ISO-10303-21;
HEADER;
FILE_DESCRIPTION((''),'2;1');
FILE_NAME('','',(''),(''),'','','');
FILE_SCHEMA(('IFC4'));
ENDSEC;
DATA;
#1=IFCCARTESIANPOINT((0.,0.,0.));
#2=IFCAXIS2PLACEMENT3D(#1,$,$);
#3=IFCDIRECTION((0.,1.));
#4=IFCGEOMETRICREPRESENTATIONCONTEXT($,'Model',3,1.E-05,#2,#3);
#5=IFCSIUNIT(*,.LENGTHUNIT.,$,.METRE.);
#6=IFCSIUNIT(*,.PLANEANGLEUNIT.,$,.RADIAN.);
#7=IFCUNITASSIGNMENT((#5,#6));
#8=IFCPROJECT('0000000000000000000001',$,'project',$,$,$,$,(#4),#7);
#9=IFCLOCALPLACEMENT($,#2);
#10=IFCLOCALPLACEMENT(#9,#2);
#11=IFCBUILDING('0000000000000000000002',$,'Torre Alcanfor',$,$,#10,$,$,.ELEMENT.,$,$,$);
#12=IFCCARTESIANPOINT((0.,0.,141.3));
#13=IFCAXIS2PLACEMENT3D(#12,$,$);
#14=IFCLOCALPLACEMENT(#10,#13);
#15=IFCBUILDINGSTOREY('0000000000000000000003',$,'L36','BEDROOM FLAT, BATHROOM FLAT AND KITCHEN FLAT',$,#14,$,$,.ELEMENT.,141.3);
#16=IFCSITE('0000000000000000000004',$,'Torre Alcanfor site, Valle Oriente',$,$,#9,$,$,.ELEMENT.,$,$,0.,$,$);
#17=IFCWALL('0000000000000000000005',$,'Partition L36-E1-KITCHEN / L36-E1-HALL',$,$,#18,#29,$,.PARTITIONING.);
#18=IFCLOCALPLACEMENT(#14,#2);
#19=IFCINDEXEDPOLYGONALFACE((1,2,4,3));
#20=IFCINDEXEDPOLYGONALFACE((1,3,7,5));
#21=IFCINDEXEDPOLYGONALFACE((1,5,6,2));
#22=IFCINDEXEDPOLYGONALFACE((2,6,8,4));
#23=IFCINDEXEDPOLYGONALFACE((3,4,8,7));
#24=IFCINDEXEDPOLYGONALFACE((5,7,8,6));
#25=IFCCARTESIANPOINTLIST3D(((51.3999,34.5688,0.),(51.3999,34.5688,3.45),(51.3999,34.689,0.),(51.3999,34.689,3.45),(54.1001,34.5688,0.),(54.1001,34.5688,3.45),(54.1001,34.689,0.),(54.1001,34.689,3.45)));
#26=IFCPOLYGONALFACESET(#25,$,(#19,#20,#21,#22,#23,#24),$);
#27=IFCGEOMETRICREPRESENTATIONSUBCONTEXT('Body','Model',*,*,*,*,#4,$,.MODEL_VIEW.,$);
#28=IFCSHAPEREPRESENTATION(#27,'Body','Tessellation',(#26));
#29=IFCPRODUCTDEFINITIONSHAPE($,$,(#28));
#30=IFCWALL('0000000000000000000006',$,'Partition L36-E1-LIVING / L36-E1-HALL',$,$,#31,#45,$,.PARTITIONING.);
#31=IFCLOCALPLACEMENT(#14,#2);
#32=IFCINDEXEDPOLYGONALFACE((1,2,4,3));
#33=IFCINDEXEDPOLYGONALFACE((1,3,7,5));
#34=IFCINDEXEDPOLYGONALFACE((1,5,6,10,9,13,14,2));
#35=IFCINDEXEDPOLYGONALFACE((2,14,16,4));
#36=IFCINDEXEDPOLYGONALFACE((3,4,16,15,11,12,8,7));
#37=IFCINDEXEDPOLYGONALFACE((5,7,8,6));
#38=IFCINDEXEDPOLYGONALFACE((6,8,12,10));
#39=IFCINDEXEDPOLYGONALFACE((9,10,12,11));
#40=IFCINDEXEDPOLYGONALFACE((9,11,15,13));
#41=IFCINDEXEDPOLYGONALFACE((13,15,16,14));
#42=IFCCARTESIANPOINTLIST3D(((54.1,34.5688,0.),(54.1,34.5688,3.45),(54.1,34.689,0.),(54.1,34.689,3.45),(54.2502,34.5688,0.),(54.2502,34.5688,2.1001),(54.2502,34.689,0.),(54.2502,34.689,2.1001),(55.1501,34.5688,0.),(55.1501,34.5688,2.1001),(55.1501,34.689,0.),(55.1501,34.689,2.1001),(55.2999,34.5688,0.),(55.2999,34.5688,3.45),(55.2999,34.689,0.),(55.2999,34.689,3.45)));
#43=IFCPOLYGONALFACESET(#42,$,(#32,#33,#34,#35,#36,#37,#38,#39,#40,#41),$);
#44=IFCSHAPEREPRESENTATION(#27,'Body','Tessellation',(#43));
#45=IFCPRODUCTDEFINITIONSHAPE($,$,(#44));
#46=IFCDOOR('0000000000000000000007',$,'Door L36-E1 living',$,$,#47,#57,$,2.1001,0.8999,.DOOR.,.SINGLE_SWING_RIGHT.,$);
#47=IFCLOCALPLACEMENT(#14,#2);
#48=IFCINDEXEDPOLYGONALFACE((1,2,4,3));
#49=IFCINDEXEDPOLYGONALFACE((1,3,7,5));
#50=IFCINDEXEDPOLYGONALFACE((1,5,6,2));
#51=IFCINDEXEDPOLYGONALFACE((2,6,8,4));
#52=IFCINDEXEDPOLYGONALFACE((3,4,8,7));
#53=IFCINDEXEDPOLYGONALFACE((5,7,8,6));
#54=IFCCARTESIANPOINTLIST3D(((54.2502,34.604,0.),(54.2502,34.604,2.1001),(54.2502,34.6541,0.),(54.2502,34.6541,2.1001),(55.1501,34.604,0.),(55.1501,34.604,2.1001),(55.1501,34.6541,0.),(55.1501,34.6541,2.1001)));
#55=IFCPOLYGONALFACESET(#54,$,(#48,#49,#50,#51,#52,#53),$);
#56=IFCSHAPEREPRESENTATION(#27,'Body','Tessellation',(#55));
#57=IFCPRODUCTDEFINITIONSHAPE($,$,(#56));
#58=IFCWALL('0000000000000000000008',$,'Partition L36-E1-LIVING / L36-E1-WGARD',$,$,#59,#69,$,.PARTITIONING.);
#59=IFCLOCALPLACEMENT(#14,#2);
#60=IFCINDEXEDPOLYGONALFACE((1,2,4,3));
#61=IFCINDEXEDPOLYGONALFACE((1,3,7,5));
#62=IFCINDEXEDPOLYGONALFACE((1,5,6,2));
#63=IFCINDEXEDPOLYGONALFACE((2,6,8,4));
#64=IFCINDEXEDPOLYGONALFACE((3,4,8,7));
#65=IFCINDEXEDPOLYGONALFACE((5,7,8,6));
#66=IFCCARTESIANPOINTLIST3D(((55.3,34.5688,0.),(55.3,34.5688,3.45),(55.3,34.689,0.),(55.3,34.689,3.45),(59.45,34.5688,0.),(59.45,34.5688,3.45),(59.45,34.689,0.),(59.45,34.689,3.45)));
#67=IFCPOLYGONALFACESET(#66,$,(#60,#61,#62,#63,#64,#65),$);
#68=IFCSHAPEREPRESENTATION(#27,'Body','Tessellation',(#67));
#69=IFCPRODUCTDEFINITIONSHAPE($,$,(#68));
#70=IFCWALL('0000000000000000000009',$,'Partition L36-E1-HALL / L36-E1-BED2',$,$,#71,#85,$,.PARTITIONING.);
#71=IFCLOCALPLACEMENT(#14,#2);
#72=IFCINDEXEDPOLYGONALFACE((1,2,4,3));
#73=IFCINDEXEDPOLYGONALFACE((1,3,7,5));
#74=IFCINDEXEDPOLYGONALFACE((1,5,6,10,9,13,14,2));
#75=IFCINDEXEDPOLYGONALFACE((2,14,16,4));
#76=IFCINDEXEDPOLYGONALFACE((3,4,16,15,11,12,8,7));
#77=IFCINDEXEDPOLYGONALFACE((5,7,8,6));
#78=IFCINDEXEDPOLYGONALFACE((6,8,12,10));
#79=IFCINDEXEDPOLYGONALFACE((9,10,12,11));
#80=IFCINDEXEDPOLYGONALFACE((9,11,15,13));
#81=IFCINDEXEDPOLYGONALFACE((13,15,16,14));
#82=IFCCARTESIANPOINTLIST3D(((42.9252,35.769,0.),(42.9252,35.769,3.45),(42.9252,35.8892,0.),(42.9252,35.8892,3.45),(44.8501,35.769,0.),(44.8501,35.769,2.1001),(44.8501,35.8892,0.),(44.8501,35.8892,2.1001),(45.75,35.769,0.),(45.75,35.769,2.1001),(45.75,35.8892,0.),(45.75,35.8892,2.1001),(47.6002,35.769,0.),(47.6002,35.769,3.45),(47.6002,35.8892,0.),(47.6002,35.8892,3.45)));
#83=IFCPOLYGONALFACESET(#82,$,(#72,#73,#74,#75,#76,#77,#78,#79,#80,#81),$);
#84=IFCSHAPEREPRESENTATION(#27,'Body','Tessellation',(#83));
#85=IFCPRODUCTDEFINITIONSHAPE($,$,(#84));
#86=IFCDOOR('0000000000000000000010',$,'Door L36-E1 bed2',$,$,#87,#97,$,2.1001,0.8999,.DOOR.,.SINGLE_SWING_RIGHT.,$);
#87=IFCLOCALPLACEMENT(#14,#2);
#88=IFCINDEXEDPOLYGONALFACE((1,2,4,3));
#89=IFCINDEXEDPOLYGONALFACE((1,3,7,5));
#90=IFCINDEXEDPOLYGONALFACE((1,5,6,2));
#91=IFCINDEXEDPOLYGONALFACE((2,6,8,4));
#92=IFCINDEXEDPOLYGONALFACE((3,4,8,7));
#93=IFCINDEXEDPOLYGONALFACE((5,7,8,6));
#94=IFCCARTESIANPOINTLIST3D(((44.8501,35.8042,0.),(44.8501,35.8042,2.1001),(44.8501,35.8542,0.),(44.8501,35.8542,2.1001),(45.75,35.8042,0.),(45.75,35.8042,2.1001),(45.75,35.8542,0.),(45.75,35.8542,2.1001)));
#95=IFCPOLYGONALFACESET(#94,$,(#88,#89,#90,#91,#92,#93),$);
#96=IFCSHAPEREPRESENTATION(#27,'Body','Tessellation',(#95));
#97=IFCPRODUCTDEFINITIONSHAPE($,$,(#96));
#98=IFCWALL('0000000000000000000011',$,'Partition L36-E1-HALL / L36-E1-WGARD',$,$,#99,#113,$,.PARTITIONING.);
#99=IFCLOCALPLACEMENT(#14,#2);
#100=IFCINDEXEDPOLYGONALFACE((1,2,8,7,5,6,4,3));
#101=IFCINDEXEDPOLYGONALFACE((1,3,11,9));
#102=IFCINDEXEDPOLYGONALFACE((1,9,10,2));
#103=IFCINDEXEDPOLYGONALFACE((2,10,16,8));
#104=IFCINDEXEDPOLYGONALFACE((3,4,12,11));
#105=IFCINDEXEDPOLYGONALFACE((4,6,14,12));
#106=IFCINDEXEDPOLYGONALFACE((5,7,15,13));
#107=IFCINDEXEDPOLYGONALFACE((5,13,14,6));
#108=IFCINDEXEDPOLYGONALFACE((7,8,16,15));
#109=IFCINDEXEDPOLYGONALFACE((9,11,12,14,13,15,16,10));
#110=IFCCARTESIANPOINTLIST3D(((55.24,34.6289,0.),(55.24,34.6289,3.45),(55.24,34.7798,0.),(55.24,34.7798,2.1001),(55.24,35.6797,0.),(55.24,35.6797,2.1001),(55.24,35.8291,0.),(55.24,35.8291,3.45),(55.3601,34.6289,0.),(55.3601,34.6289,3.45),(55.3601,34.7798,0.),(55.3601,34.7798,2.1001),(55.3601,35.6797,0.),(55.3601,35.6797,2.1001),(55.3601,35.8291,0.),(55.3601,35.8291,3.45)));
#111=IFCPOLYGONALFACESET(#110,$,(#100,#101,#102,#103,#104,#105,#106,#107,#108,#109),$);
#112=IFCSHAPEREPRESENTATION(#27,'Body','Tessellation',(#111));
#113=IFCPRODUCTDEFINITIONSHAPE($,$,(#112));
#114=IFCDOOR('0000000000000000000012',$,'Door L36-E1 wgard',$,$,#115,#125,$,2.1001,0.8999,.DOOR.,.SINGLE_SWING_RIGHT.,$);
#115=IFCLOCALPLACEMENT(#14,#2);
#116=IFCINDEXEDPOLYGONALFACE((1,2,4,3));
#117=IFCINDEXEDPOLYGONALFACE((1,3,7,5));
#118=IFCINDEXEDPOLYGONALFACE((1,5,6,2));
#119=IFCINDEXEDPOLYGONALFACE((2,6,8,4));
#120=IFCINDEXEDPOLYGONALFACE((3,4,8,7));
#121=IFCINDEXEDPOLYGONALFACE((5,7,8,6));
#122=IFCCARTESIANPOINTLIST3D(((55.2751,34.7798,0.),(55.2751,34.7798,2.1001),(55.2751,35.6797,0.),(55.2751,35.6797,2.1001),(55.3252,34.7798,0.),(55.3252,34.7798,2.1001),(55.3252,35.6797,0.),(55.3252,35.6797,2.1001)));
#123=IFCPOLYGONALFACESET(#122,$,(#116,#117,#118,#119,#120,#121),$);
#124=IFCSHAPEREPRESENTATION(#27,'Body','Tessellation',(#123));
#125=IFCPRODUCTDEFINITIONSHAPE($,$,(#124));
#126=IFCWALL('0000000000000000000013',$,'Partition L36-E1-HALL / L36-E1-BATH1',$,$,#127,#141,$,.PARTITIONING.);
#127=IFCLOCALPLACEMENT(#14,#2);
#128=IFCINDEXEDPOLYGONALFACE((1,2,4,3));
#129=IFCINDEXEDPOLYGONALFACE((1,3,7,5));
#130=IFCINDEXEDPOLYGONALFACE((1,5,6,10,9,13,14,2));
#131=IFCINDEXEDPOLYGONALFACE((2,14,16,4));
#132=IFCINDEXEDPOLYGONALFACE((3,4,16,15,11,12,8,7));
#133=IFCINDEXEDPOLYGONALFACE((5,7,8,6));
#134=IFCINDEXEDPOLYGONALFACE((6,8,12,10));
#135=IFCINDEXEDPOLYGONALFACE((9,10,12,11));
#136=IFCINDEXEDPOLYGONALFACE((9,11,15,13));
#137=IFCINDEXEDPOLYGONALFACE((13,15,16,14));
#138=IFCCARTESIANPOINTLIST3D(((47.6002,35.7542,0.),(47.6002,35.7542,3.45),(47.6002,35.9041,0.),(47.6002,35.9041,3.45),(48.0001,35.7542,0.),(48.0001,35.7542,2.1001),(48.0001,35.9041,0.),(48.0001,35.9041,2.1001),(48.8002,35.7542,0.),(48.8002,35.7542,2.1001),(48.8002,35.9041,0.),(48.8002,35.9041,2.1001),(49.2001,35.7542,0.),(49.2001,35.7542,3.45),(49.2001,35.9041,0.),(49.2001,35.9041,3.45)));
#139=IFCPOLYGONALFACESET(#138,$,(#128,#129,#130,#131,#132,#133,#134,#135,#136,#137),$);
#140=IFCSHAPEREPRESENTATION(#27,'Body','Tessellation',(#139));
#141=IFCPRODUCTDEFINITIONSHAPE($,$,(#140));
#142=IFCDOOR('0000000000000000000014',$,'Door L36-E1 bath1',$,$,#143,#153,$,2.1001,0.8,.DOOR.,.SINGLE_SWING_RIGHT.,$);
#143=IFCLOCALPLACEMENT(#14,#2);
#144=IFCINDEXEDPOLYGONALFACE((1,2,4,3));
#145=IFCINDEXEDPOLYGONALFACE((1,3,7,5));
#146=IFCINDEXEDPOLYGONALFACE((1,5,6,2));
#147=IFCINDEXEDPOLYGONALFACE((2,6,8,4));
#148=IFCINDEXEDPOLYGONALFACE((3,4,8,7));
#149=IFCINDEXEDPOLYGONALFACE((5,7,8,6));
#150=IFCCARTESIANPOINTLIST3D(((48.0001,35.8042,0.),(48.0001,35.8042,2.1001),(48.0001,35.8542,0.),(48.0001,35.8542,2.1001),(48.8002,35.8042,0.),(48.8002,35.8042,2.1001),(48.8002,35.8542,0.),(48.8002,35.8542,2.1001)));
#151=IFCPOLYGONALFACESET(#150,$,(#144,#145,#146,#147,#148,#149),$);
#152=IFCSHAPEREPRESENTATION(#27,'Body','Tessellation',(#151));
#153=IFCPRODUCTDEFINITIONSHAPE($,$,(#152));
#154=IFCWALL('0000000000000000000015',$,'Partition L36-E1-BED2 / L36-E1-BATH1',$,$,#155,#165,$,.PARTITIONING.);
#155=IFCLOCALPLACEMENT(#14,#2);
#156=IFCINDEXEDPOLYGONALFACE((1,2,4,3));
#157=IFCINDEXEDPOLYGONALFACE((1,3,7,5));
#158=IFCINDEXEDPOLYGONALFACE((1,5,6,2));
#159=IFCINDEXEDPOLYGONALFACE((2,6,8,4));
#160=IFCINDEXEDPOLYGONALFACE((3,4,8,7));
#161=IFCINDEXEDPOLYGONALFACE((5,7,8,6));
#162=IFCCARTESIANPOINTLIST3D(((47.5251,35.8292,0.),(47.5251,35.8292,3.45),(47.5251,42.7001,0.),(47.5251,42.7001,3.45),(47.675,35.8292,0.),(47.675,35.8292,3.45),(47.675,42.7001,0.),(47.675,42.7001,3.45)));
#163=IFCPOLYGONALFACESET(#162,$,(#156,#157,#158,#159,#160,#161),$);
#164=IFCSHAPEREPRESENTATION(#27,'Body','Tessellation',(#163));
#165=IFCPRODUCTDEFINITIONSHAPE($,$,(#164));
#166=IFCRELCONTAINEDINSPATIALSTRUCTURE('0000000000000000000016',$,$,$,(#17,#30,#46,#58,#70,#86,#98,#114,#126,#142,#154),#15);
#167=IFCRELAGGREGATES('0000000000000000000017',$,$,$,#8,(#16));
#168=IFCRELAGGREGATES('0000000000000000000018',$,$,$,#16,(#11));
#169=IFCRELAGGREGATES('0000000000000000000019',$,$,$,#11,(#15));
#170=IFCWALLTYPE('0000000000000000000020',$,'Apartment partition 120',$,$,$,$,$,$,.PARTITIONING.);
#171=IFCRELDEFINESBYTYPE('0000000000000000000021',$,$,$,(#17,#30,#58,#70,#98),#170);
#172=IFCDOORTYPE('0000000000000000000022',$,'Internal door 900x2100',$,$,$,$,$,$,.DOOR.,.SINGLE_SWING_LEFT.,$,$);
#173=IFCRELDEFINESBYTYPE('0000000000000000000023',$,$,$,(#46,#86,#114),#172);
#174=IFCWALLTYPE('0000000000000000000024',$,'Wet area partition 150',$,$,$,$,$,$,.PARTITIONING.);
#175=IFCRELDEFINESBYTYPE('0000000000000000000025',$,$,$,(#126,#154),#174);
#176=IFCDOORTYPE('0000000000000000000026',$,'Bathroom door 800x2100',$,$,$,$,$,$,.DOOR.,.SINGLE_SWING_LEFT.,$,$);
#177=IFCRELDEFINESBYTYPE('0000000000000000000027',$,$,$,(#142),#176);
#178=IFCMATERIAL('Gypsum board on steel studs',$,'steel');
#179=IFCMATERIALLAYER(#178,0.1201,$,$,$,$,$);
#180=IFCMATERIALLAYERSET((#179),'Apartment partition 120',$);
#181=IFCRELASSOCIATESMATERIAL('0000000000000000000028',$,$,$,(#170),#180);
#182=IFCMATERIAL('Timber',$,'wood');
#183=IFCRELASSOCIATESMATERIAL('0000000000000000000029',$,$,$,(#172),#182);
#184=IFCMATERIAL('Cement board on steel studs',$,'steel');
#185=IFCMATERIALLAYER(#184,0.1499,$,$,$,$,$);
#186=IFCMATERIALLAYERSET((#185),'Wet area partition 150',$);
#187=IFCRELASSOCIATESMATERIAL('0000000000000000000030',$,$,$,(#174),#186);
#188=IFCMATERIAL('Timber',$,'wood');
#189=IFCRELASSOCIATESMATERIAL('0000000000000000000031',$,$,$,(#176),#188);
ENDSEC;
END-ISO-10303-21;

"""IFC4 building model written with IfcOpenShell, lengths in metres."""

from ifc_helpers import new_model, si_unit, direction, frame, frame_2d, origin, place, context, subcontext, project, spatial, rectangle, extrude, material, layer, layer_set, type_object, element, fill, save


model = new_model("IFC4")

# Units and contexts
model_context = context("Model", 3, precision=1e-05, world=origin(), true_north=direction((0.0, 1.0)))
body_context = subcontext(model_context, "Body", "Model", "MODEL_VIEW")
ifc_project = project(units=[si_unit("LENGTHUNIT", "METRE"), si_unit("PLANEANGLEUNIT", "RADIAN")], contexts=[model_context])

# Site, building, storey
site_placement = place(None, origin())
site = spatial("IfcSite", under=ifc_project, at=site_placement, Name="Torre Alcanfor site, Valle Oriente", CompositionType="ELEMENT", RefElevation=0.0)
building_placement = place(site_placement, origin())
building = spatial("IfcBuilding", under=site, at=building_placement, Name="Torre Alcanfor", CompositionType="ELEMENT")
storey_placement = place(building_placement, frame((0.0, 0.0, 141.3)))
storey = spatial("IfcBuildingStorey", under=building, at=storey_placement, Name="L36", Description="BEDROOM FLAT, BATHROOM FLAT AND KITCHEN FLAT", CompositionType="ELEMENT", Elevation=141.3)

# Shared definitions
ifc_material_1 = material(Name="Gypsum board on steel studs", Category="steel")
ifc_layer_1 = layer(ifc_material_1, 0.1201)
ifc_layer_set_1 = layer_set([ifc_layer_1], Name="Apartment partition 120")
wall_type_1 = type_object("IfcWallType", Name="Apartment partition 120", PredefinedType="PARTITIONING", material=ifc_layer_set_1)
ifc_material_2 = material(Name="Timber", Category="wood")
door_type_1 = type_object("IfcDoorType", Name="Internal door 900x2100", OperationType="SINGLE_SWING_LEFT", PredefinedType="DOOR", material=ifc_material_2)

# Wall
wall_1_placement = place(storey_placement, frame((54.1001, 34.6289, 0.0), z_axis=(0.0, 0.0, 1.0), x_axis=(-1.0, 0.0, 0.0)))
element("IfcWall", 1, at=wall_1_placement, inside=storey, type_object=wall_type_1, Name="Partition L36-E1-KITCHEN / L36-E1-HALL", PredefinedType="PARTITIONING", context=body_context, shape_type="SweptSolid", body=[
    extrude(rectangle(XDim=2.7002, YDim=0.1201, at=frame_2d((1.3501, 0.0))), origin(), (0.0, 0.0, 1.0), 3.45),
])

# Wall, opening, door
wall_2_placement = place(storey_placement, frame((55.3, 34.6289, 0.0), z_axis=(0.0, 0.0, 1.0), x_axis=(-1.0, 0.0, 0.0)))
wall_2 = element("IfcWall", 2, at=wall_2_placement, inside=storey, type_object=wall_type_1, Name="Partition L36-E1-LIVING / L36-E1-HALL", PredefinedType="PARTITIONING", context=body_context, shape_type="SweptSolid", body=[
    extrude(rectangle(XDim=1.2, YDim=0.1201, at=frame_2d((0.6001, 0.0))), origin(), (0.0, 0.0, 1.0), 3.45),
])
opening_1_placement = place(wall_2_placement, frame((0.1499, 0.0, 0.0)))
opening_1 = element("IfcOpeningElement", 3, at=opening_1_placement, cuts=wall_2, PredefinedType="OPENING", context=body_context, shape_type="SweptSolid", body=[
    extrude(rectangle(XDim=0.8999, YDim=2.1001, at=frame_2d((0.45, 1.05))), frame((0.0, 0.0701, 0.0), z_axis=(0.0, -1.0, 0.0), x_axis=(1.0, 0.0, 0.0)), (0.0, 0.0, 1.0), 0.1401),
])
door_1_placement = place(opening_1_placement, origin())
door_1 = element("IfcDoor", 4, at=door_1_placement, inside=storey, type_object=door_type_1, Name="Door L36-E1 living", OperationType="SINGLE_SWING_RIGHT", OverallHeight=2.1001, OverallWidth=0.8999, PredefinedType="DOOR", context=body_context, shape_type="SweptSolid", body=[
    extrude(rectangle(XDim=0.8999, YDim=2.1001, at=frame_2d((0.45, 1.05))), frame((0.0, 0.0249, 0.0), z_axis=(0.0, -1.0, 0.0), x_axis=(1.0, 0.0, 0.0)), (0.0, 0.0, 1.0), 0.05),
])
fill(opening_1, door_1)

# Wall
wall_3_placement = place(storey_placement, frame((59.45, 34.6289, 0.0), z_axis=(0.0, 0.0, 1.0), x_axis=(-1.0, 0.0, 0.0)))
element("IfcWall", 5, at=wall_3_placement, inside=storey, type_object=wall_type_1, Name="Partition L36-E1-LIVING / L36-E1-WGARD", PredefinedType="PARTITIONING", context=body_context, shape_type="SweptSolid", body=[
    extrude(rectangle(XDim=4.1499, YDim=0.1201, at=frame_2d((2.075, 0.0))), origin(), (0.0, 0.0, 1.0), 3.45),
])

# Walls, openings, doors
wall_4_placement = place(storey_placement, frame((47.6001, 35.8291, 0.0), z_axis=(0.0, 0.0, 1.0), x_axis=(-1.0, 0.0, 0.0)))
wall_4 = element("IfcWall", 6, at=wall_4_placement, inside=storey, type_object=wall_type_1, Name="Partition L36-E1-HALL / L36-E1-BED2", PredefinedType="PARTITIONING", context=body_context, shape_type="SweptSolid", body=[
    extrude(rectangle(XDim=4.675, YDim=0.1201, at=frame_2d((2.3374, 0.0))), origin(), (0.0, 0.0, 1.0), 3.45),
])
opening_2_placement = place(wall_4_placement, frame((1.8501, 0.0, 0.0)))
opening_2 = element("IfcOpeningElement", 7, at=opening_2_placement, cuts=wall_4, PredefinedType="OPENING", context=body_context, shape_type="SweptSolid", body=[
    extrude(rectangle(XDim=0.8999, YDim=2.1001, at=frame_2d((0.45, 1.05))), frame((0.0, 0.0701, 0.0), z_axis=(0.0, -1.0, 0.0), x_axis=(1.0, 0.0, 0.0)), (0.0, 0.0, 1.0), 0.1401),
])
door_2_placement = place(opening_2_placement, frame((0.8999, 0.0, 0.0), z_axis=(0.0, 0.0, 1.0), x_axis=(-1.0, 0.0, 0.0)))
door_2 = element("IfcDoor", 8, at=door_2_placement, inside=storey, type_object=door_type_1, Name="Door L36-E1 bed2", OperationType="SINGLE_SWING_RIGHT", OverallHeight=2.1001, OverallWidth=0.8999, PredefinedType="DOOR", context=body_context, shape_type="SweptSolid", body=[
    extrude(rectangle(XDim=0.8999, YDim=2.1001, at=frame_2d((0.45, 1.05))), frame((0.0, 0.0251, 0.0), z_axis=(0.0, -1.0, 0.0), x_axis=(1.0, 0.0, 0.0)), (0.0, 0.0, 1.0), 0.05),
])
fill(opening_2, door_2)
wall_5_placement = place(storey_placement, frame((55.3, 34.6289, 0.0), z_axis=(0.0, 0.0, 1.0), x_axis=(0.0, 1.0, 0.0)))
wall_5 = element("IfcWall", 9, at=wall_5_placement, inside=storey, type_object=wall_type_1, Name="Partition L36-E1-HALL / L36-E1-WGARD", PredefinedType="PARTITIONING", context=body_context, shape_type="SweptSolid", body=[
    extrude(rectangle(XDim=1.2002, YDim=0.1201, at=frame_2d((0.6001, 0.0))), origin(), (0.0, 0.0, 1.0), 3.45),
])
opening_3_placement = place(wall_5_placement, frame((0.1509, 0.0, 0.0)))
opening_3 = element("IfcOpeningElement", 10, at=opening_3_placement, cuts=wall_5, PredefinedType="OPENING", context=body_context, shape_type="SweptSolid", body=[
    extrude(rectangle(XDim=0.8999, YDim=2.1001, at=frame_2d((0.45, 1.05))), frame((0.0, 0.0701, 0.0), z_axis=(0.0, -1.0, 0.0), x_axis=(1.0, 0.0, 0.0)), (0.0, 0.0, 1.0), 0.1401),
])
door_3_placement = place(opening_3_placement, frame((0.8999, 0.0, 0.0), z_axis=(0.0, 0.0, 1.0), x_axis=(-1.0, 0.0, 0.0)))
door_3 = element("IfcDoor", 11, at=door_3_placement, inside=storey, type_object=door_type_1, Name="Door L36-E1 wgard", OperationType="SINGLE_SWING_RIGHT", OverallHeight=2.1001, OverallWidth=0.8999, PredefinedType="DOOR", context=body_context, shape_type="SweptSolid", body=[
    extrude(rectangle(XDim=0.8999, YDim=2.1001, at=frame_2d((0.45, 1.05))), frame((0.0, 0.0251, 0.0), z_axis=(0.0, -1.0, 0.0), x_axis=(1.0, 0.0, 0.0)), (0.0, 0.0, 1.0), 0.05),
])
fill(opening_3, door_3)
ifc_material_3 = material(Name="Cement board on steel studs", Category="steel")
ifc_layer_2 = layer(ifc_material_3, 0.1499)
ifc_layer_set_2 = layer_set([ifc_layer_2], Name="Wet area partition 150")
wall_type_2 = type_object("IfcWallType", Name="Wet area partition 150", PredefinedType="PARTITIONING", material=ifc_layer_set_2)
wall_6_placement = place(storey_placement, frame((49.2, 35.8291, 0.0), z_axis=(0.0, 0.0, 1.0), x_axis=(-1.0, 0.0, 0.0)))
wall_6 = element("IfcWall", 12, at=wall_6_placement, inside=storey, type_object=wall_type_2, Name="Partition L36-E1-HALL / L36-E1-BATH1", PredefinedType="PARTITIONING", context=body_context, shape_type="SweptSolid", body=[
    extrude(rectangle(XDim=1.5999, YDim=0.1499, at=frame_2d((0.7998, 0.0))), origin(), (0.0, 0.0, 1.0), 3.45),
])
opening_4_placement = place(wall_6_placement, frame((0.3999, 0.0, 0.0)))
opening_4 = element("IfcOpeningElement", 13, at=opening_4_placement, cuts=wall_6, PredefinedType="OPENING", context=body_context, shape_type="SweptSolid", body=[
    extrude(rectangle(XDim=0.8, YDim=2.1001, at=frame_2d((0.3999, 1.05))), frame((0.0, 0.085, 0.0), z_axis=(0.0, -1.0, 0.0), x_axis=(1.0, 0.0, 0.0)), (0.0, 0.0, 1.0), 0.1699),
])
ifc_material_4 = material(Name="Timber", Category="wood")
door_type_2 = type_object("IfcDoorType", Name="Bathroom door 800x2100", OperationType="SINGLE_SWING_LEFT", PredefinedType="DOOR", material=ifc_material_4)
door_4_placement = place(opening_4_placement, frame((0.8, 0.0, 0.0), z_axis=(0.0, 0.0, 1.0), x_axis=(-1.0, 0.0, 0.0)))
door_4 = element("IfcDoor", 14, at=door_4_placement, inside=storey, type_object=door_type_2, Name="Door L36-E1 bath1", OperationType="SINGLE_SWING_RIGHT", OverallHeight=2.1001, OverallWidth=0.8, PredefinedType="DOOR", context=body_context, shape_type="SweptSolid", body=[
    extrude(rectangle(XDim=0.8, YDim=2.1001, at=frame_2d((0.4001, 1.05))), frame((0.0, 0.0251, 0.0), z_axis=(0.0, -1.0, 0.0), x_axis=(1.0, 0.0, 0.0)), (0.0, 0.0, 1.0), 0.05),
])
fill(opening_4, door_4)

# Wall
wall_7_placement = place(storey_placement, frame((47.6001, 35.8291, 0.0), z_axis=(0.0, 0.0, 1.0), x_axis=(0.0, 1.0, 0.0)))
element("IfcWall", 15, at=wall_7_placement, inside=storey, type_object=wall_type_2, Name="Partition L36-E1-BED2 / L36-E1-BATH1", PredefinedType="PARTITIONING", context=body_context, shape_type="SweptSolid", body=[
    extrude(rectangle(XDim=6.8708, YDim=0.1499, at=frame_2d((3.4355, 0.0))), origin(), (0.0, 0.0, 1.0), 3.45),
])

save(model, "model.ifc")
